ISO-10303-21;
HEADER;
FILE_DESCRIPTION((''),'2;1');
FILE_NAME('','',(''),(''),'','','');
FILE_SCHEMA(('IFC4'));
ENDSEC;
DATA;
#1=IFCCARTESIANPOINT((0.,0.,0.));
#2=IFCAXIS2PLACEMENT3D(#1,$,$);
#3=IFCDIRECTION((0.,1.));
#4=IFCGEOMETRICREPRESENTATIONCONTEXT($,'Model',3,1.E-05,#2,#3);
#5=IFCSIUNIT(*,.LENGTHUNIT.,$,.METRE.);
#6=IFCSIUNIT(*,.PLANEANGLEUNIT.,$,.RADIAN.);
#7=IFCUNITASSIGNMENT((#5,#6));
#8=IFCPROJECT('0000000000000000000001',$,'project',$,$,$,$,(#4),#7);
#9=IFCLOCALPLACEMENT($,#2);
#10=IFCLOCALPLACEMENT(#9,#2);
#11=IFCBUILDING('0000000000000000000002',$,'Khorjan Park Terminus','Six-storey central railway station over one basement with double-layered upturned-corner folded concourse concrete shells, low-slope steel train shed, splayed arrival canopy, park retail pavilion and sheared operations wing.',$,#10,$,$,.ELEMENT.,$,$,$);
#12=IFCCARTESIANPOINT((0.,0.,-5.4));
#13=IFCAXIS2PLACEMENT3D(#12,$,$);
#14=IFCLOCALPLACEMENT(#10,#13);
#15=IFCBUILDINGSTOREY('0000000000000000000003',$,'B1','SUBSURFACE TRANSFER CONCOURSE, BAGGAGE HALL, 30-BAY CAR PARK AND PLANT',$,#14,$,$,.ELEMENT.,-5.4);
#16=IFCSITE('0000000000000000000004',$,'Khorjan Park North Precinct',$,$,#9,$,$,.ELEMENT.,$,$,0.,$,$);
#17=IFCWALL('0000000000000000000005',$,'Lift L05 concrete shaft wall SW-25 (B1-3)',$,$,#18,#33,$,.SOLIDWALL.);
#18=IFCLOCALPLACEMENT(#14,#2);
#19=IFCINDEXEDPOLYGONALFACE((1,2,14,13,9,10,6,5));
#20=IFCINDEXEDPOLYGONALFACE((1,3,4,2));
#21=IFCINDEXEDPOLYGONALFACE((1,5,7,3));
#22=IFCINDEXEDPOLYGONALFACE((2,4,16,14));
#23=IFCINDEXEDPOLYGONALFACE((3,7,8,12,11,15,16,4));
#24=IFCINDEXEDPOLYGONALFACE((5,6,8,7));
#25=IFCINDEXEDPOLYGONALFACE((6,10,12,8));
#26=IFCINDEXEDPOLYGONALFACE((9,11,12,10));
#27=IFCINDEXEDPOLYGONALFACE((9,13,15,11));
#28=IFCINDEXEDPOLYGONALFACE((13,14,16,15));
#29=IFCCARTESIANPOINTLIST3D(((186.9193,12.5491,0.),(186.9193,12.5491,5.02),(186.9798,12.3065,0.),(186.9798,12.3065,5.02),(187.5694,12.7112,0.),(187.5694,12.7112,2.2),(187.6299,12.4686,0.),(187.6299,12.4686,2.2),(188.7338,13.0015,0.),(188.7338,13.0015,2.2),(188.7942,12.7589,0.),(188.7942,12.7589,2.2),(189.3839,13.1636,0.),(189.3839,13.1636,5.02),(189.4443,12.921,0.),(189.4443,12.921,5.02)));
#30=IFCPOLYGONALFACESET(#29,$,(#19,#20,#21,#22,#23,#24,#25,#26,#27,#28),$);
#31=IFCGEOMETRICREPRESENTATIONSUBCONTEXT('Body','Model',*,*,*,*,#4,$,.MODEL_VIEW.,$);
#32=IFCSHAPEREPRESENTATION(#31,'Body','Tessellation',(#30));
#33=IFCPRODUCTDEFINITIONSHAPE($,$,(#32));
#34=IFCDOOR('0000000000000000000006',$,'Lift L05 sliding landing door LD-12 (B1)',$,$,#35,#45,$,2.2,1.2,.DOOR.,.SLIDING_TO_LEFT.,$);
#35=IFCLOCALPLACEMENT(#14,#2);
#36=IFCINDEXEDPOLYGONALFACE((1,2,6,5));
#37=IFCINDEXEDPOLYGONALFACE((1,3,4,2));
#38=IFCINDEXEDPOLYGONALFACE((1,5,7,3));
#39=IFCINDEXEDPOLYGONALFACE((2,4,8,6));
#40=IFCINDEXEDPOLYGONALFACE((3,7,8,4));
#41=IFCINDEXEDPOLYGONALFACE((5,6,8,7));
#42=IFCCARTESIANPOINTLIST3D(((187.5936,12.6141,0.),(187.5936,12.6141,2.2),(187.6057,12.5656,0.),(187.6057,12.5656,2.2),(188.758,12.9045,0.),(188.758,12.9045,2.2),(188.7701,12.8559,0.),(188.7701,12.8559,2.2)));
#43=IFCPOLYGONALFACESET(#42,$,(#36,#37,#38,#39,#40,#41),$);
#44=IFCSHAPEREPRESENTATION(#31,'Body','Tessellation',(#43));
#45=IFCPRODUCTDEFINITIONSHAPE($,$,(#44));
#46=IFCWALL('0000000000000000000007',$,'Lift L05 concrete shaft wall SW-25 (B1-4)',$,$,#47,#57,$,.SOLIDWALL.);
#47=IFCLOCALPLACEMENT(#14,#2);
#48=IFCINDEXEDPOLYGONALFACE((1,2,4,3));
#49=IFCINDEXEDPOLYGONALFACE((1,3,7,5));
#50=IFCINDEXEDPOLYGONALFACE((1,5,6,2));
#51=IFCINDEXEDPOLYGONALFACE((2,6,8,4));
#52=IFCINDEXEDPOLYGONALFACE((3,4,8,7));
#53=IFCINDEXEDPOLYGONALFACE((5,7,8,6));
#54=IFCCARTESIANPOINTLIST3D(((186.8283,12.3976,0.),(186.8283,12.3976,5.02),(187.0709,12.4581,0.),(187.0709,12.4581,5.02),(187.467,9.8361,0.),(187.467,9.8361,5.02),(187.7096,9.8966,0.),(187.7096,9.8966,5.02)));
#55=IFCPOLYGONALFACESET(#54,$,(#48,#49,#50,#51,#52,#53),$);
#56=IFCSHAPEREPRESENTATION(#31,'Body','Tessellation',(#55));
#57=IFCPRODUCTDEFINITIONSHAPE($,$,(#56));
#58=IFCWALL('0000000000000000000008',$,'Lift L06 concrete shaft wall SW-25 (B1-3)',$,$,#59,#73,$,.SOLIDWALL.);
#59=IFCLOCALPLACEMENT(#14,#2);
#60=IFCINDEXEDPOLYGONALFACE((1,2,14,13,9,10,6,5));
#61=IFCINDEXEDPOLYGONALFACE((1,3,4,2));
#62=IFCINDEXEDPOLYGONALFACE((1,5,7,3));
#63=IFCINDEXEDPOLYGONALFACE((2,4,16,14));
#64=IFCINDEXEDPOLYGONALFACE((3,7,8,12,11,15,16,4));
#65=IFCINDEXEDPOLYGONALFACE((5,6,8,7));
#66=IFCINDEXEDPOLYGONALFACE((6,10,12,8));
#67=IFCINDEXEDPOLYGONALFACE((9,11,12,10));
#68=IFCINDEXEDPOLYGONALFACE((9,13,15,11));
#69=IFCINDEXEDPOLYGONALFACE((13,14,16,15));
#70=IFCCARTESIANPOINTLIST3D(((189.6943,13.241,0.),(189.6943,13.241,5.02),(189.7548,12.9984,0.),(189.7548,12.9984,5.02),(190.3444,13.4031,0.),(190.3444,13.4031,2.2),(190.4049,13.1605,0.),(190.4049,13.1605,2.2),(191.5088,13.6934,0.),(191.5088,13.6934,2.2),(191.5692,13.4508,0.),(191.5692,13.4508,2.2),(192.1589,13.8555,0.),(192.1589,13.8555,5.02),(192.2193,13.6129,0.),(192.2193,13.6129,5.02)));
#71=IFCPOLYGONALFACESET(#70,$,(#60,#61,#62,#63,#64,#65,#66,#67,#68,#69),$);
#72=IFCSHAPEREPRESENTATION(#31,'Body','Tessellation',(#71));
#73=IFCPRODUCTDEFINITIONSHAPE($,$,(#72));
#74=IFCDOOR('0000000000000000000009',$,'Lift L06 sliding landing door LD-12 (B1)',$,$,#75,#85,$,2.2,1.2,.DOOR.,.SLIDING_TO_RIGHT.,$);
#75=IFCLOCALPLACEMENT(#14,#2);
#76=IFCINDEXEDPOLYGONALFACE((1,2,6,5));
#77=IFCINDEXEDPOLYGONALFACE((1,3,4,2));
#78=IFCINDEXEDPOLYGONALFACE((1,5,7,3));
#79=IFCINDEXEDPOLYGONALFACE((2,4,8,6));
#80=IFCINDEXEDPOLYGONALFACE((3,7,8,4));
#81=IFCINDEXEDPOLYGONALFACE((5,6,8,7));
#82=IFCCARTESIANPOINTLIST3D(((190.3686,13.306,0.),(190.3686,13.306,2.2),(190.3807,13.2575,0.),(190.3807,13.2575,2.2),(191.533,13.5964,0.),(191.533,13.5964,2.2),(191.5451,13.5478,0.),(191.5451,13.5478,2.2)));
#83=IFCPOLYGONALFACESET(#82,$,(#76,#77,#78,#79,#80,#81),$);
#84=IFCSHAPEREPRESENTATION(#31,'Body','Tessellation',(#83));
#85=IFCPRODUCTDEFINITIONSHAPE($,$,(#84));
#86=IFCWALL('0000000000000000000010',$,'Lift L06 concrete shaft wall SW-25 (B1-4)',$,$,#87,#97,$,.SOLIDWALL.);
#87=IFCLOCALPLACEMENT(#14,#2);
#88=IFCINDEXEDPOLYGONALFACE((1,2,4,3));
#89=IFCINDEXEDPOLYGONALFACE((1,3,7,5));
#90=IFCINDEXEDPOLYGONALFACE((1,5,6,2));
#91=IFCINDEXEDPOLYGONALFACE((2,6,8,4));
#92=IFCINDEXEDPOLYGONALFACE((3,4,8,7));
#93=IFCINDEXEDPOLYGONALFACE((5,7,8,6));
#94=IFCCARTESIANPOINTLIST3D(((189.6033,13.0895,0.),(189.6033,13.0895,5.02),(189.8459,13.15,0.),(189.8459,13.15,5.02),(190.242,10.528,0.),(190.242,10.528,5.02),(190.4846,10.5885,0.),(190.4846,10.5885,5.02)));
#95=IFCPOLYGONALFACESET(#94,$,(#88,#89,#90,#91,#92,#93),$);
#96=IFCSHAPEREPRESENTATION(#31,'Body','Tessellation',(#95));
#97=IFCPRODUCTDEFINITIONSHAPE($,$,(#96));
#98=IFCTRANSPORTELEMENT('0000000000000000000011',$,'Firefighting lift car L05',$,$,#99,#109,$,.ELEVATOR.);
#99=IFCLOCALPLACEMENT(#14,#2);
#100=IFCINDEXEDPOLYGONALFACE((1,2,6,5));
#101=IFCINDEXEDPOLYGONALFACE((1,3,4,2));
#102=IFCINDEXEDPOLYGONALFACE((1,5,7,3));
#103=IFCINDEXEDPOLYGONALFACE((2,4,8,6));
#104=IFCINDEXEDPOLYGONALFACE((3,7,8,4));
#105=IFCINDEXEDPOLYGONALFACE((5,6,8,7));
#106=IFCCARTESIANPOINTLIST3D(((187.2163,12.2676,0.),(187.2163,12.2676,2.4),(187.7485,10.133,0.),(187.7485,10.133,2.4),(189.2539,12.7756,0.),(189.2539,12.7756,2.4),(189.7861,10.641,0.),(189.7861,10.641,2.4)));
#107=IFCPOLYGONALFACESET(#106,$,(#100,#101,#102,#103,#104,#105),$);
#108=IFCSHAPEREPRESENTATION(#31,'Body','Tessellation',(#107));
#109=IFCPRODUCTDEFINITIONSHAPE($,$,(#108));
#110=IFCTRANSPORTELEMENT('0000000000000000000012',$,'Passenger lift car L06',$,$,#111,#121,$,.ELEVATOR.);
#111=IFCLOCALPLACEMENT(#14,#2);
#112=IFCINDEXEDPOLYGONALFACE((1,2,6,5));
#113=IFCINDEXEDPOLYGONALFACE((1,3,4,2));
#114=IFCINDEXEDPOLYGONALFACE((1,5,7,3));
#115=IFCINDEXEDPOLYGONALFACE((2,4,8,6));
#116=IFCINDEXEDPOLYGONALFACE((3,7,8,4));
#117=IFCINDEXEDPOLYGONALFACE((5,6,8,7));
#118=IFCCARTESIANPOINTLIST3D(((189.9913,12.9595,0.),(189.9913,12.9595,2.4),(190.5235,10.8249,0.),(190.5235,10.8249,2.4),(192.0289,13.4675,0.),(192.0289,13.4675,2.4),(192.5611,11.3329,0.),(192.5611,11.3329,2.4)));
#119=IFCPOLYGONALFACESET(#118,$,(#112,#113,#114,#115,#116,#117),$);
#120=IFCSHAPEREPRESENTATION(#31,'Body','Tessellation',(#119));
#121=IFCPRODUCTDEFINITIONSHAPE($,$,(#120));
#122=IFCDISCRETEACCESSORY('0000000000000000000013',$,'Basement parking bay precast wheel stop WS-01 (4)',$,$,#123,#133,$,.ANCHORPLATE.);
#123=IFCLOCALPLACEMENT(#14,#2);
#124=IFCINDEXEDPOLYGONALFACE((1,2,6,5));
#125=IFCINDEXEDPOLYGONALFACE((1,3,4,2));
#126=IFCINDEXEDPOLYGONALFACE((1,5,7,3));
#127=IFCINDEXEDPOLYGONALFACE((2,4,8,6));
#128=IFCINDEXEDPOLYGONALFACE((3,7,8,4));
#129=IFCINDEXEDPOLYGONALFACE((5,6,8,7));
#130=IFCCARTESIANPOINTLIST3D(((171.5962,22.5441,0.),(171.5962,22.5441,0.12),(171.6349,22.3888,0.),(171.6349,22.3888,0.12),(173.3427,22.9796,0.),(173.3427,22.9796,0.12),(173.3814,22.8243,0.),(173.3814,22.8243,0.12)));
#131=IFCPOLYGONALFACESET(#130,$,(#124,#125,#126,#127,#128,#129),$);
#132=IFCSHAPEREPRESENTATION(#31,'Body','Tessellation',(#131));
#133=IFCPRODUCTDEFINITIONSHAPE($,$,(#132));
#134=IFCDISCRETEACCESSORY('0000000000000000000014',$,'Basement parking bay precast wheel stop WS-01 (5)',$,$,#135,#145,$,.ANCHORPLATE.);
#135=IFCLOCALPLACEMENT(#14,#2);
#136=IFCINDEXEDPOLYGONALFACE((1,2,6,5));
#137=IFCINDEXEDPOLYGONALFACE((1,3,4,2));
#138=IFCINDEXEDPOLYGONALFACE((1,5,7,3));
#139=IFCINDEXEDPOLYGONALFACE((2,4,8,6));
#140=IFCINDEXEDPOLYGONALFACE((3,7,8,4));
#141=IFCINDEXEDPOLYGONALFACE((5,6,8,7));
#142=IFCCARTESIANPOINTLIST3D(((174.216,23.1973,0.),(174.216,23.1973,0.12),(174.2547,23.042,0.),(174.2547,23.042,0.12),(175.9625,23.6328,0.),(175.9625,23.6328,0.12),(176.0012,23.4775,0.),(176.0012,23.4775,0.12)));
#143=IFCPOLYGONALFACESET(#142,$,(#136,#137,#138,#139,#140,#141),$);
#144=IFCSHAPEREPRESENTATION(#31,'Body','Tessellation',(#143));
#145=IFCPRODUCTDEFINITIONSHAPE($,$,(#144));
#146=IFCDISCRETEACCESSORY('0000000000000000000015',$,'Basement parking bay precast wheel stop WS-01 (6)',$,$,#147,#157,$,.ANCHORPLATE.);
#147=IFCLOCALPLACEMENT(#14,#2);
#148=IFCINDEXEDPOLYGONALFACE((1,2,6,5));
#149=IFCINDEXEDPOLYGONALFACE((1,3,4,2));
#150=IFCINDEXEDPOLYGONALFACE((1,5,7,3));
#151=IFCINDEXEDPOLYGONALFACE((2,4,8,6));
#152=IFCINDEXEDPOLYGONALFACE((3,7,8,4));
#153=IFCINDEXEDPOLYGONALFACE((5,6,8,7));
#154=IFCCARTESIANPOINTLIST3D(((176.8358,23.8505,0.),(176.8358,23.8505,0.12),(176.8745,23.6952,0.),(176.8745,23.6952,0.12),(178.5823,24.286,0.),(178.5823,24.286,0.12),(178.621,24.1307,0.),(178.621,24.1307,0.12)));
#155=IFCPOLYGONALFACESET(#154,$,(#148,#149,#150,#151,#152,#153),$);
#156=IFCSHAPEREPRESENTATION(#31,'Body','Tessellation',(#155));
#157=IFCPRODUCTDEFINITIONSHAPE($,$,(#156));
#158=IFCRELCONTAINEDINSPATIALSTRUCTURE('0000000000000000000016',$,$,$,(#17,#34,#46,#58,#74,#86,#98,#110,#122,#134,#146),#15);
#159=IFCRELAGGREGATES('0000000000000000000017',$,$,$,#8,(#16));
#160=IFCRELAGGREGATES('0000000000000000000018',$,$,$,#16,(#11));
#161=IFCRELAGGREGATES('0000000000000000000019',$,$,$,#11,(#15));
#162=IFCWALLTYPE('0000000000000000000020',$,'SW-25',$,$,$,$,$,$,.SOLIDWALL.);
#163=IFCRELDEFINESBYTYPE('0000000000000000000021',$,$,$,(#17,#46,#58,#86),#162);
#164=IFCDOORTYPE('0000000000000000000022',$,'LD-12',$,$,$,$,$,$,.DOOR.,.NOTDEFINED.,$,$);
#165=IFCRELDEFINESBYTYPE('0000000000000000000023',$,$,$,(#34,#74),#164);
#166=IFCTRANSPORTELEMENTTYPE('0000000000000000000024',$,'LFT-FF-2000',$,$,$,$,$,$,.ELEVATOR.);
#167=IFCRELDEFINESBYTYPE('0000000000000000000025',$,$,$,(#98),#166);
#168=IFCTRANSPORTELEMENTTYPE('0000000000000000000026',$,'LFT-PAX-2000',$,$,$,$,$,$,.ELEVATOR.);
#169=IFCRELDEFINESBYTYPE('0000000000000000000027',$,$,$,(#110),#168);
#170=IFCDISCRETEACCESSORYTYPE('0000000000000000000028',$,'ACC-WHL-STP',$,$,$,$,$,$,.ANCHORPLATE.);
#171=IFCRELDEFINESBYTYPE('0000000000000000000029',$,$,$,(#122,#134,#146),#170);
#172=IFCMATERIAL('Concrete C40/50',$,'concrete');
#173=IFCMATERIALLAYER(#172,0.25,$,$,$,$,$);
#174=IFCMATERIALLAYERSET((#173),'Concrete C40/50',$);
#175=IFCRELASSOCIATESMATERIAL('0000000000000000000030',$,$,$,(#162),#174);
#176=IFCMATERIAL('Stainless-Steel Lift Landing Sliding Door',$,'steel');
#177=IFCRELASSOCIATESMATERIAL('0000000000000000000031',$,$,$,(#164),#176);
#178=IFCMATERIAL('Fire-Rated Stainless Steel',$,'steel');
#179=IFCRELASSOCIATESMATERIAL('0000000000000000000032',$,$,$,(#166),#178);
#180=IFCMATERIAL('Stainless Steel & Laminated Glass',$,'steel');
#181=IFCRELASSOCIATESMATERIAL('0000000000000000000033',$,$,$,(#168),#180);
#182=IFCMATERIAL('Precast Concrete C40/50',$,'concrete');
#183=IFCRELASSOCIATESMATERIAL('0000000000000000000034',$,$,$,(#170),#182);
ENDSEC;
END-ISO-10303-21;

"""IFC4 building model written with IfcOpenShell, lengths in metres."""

from ifc_helpers import new_model, si_unit, direction, frame, frame_2d, origin, origin_2d, place, context, subcontext, project, spatial, rectangle, extrude, material, layer, layer_set, type_object, element, fill, save


model = new_model("IFC4")

# Units and contexts
model_context = context("Model", 3, precision=1e-05, world=origin(), true_north=direction((0.0, 1.0)))
body_context = subcontext(model_context, "Body", "Model", "MODEL_VIEW")
ifc_project = project(units=[si_unit("LENGTHUNIT", "METRE"), si_unit("PLANEANGLEUNIT", "RADIAN")], contexts=[model_context])

# Site, building, storey
site_placement = place(None, origin())
site = spatial("IfcSite", under=ifc_project, at=site_placement, Name="Khorjan Park North Precinct", CompositionType="ELEMENT", RefElevation=0.0)
building_placement = place(site_placement, origin())
building = spatial("IfcBuilding", under=site, at=building_placement, Name="Khorjan Park Terminus", Description="Six-storey central railway station over one basement with double-layered upturned-corner folded concourse concrete shells, low-slope steel train shed, splayed arrival canopy, park retail pavilion and sheared operations wing.", CompositionType="ELEMENT")
storey_placement = place(building_placement, frame((0.0, 0.0, -5.4)))
storey = spatial("IfcBuildingStorey", under=building, at=storey_placement, Name="B1", Description="SUBSURFACE TRANSFER CONCOURSE, BAGGAGE HALL, 30-BAY CAR PARK AND PLANT", CompositionType="ELEMENT", Elevation=-5.4)

# Shared definitions
ifc_material_1 = material(Name="Concrete C40/50", Category="concrete")

# Wall, opening, door
ifc_layer_1 = layer(ifc_material_1, 0.25)
ifc_layer_set_1 = layer_set([ifc_layer_1], Name="Concrete C40/50")
wall_type_1 = type_object("IfcWallType", Name="SW-25", PredefinedType="SOLIDWALL", material=ifc_layer_set_1)
wall_1_placement = place(storey_placement, frame((189.4141, 13.0423, 0.0), z_axis=(0.0, 0.0, 1.0), x_axis=(-0.970293, -0.241933, 0.0)))
wall_1 = element("IfcWall", 1, at=wall_1_placement, inside=storey, type_object=wall_type_1, Name="Lift L05 concrete shaft wall SW-25 (B1-3)", PredefinedType="SOLIDWALL", context=body_context, shape_type="SweptSolid", body=[
    extrude(rectangle(XDim=2.54, YDim=0.25, at=frame_2d((1.27, 0.0))), origin(), (0.0, 0.0, 1.0), 5.02),
])
opening_1_placement = place(wall_1_placement, frame((0.67, 0.0, 0.0)))
opening_1 = element("IfcOpeningElement", 2, at=opening_1_placement, cuts=wall_1, PredefinedType="OPENING", context=body_context, shape_type="SweptSolid", body=[
    extrude(rectangle(XDim=1.2, YDim=2.2, at=frame_2d((0.6, 1.1))), frame((0.0, 0.135, 0.0), z_axis=(0.0, -1.0, 0.0), x_axis=(1.0, 0.0, 0.0)), (0.0, 0.0, 1.0), 0.27),
])
ifc_material_2 = material(Name="Stainless-Steel Lift Landing Sliding Door", Category="steel")
door_type = type_object("IfcDoorType", Name="LD-12", OperationType="NOTDEFINED", PredefinedType="DOOR", material=ifc_material_2)
door_1_placement = place(opening_1_placement, origin())
door_1 = element("IfcDoor", 3, at=door_1_placement, inside=storey, type_object=door_type, Name="Lift L05 sliding landing door LD-12 (B1)", OperationType="SLIDING_TO_LEFT", OverallHeight=2.2, OverallWidth=1.2, PredefinedType="DOOR", context=body_context, shape_type="SweptSolid", body=[
    extrude(rectangle(XDim=1.2, YDim=2.2, at=frame_2d((0.6, 1.1))), frame((0.0, 0.025, 0.0), z_axis=(0.0, -1.0, 0.0), x_axis=(1.0, 0.0, 0.0)), (0.0, 0.0, 1.0), 0.05),
])
fill(opening_1, door_1)

# Wall
wall_2_placement = place(storey_placement, frame((186.9496, 12.4278, 0.0), z_axis=(0.0, 0.0, 1.0), x_axis=(0.241938, -0.970292, 0.0)))
element("IfcWall", 4, at=wall_2_placement, inside=storey, type_object=wall_type_1, Name="Lift L05 concrete shaft wall SW-25 (B1-4)", PredefinedType="SOLIDWALL", context=body_context, shape_type="SweptSolid", body=[
    extrude(rectangle(XDim=2.6399, YDim=0.25, at=frame_2d((1.3199, 0.0))), origin(), (0.0, 0.0, 1.0), 5.02),
])

# Wall, opening, door
wall_3_placement = place(storey_placement, frame((192.1891, 13.7342, 0.0), z_axis=(0.0, 0.0, 1.0), x_axis=(-0.970293, -0.241933, 0.0)))
wall_3 = element("IfcWall", 5, at=wall_3_placement, inside=storey, type_object=wall_type_1, Name="Lift L06 concrete shaft wall SW-25 (B1-3)", PredefinedType="SOLIDWALL", context=body_context, shape_type="SweptSolid", body=[
    extrude(rectangle(XDim=2.54, YDim=0.25, at=frame_2d((1.27, 0.0))), origin(), (0.0, 0.0, 1.0), 5.02),
])
opening_2_placement = place(wall_3_placement, frame((0.67, 0.0, 0.0)))
opening_2 = element("IfcOpeningElement", 6, at=opening_2_placement, cuts=wall_3, PredefinedType="OPENING", context=body_context, shape_type="SweptSolid", body=[
    extrude(rectangle(XDim=1.2, YDim=2.2, at=frame_2d((0.6, 1.1))), frame((0.0, 0.135, 0.0), z_axis=(0.0, -1.0, 0.0), x_axis=(1.0, 0.0, 0.0)), (0.0, 0.0, 1.0), 0.27),
])
door_2_placement = place(opening_2_placement, origin())
door_2 = element("IfcDoor", 7, at=door_2_placement, inside=storey, type_object=door_type, Name="Lift L06 sliding landing door LD-12 (B1)", OperationType="SLIDING_TO_RIGHT", OverallHeight=2.2, OverallWidth=1.2, PredefinedType="DOOR", context=body_context, shape_type="SweptSolid", body=[
    extrude(rectangle(XDim=1.2, YDim=2.2, at=frame_2d((0.6, 1.1))), frame((0.0, 0.025, 0.0), z_axis=(0.0, -1.0, 0.0), x_axis=(1.0, 0.0, 0.0)), (0.0, 0.0, 1.0), 0.05),
])
fill(opening_2, door_2)

# Wall
wall_4_placement = place(storey_placement, frame((189.7246, 13.1197, 0.0), z_axis=(0.0, 0.0, 1.0), x_axis=(0.241938, -0.970292, 0.0)))
element("IfcWall", 8, at=wall_4_placement, inside=storey, type_object=wall_type_1, Name="Lift L06 concrete shaft wall SW-25 (B1-4)", PredefinedType="SOLIDWALL", context=body_context, shape_type="SweptSolid", body=[
    extrude(rectangle(XDim=2.6399, YDim=0.25, at=frame_2d((1.3199, 0.0))), origin(), (0.0, 0.0, 1.0), 5.02),
])

# Transport elements
ifc_material_3 = material(Name="Fire-Rated Stainless Steel", Category="steel")
transport_element_type_1 = type_object("IfcTransportElementType", Name="LFT-FF-2000", PredefinedType="ELEVATOR", material=ifc_material_3)
transport_element_1_placement = place(storey_placement, frame((188.5012, 11.4543, 0.0), z_axis=(0.0, 0.0, 1.0), x_axis=(0.970296, 0.241922, 0.0)))
element("IfcTransportElement", 9, at=transport_element_1_placement, inside=storey, type_object=transport_element_type_1, Name="Firefighting lift car L05", PredefinedType="ELEVATOR", context=body_context, shape_type="SweptSolid", body=[
    extrude(rectangle(XDim=2.1, YDim=2.2, at=origin_2d()), origin(), (0.0, 0.0, 1.0), 2.4),
])
ifc_material_4 = material(Name="Stainless Steel & Laminated Glass", Category="steel")
transport_element_type_2 = type_object("IfcTransportElementType", Name="LFT-PAX-2000", PredefinedType="ELEVATOR", material=ifc_material_4)
transport_element_2_placement = place(storey_placement, frame((191.2762, 12.1462, 0.0), z_axis=(0.0, 0.0, 1.0), x_axis=(0.970296, 0.241922, 0.0)))
element("IfcTransportElement", 10, at=transport_element_2_placement, inside=storey, type_object=transport_element_type_2, Name="Passenger lift car L06", PredefinedType="ELEVATOR", context=body_context, shape_type="SweptSolid", body=[
    extrude(rectangle(XDim=2.1, YDim=2.2, at=origin_2d()), origin(), (0.0, 0.0, 1.0), 2.4),
])

# Discrete accessories
ifc_material_5 = material(Name="Precast Concrete C40/50", Category="concrete")
discrete_accessory_type = type_object("IfcDiscreteAccessoryType", Name="ACC-WHL-STP", PredefinedType="ANCHORPLATE", material=ifc_material_5)
for number, where, z_axis, x_axis, name in (
    (11, (172.4888, 22.6842, 0.0), (0.0, 0.0, 1.0), (0.970296, 0.241922, 0.0), "Basement parking bay precast wheel stop WS-01 (4)"),
    (12, (175.1086, 23.3374, 0.0), (0.0, 0.0, 1.0), (0.970296, 0.241922, 0.0), "Basement parking bay precast wheel stop WS-01 (5)"),
    (13, (177.7284, 23.9906, 0.0), (0.0, 0.0, 1.0), (0.970296, 0.241922, 0.0), "Basement parking bay precast wheel stop WS-01 (6)"),
):
    element("IfcDiscreteAccessory", number, at=place(storey_placement, frame(where, z_axis=z_axis, x_axis=x_axis)), inside=storey, type_object=discrete_accessory_type, Name=name, PredefinedType="ANCHORPLATE", context=body_context, shape_type="SweptSolid", body=[
        extrude(rectangle(XDim=1.8, YDim=0.16, at=origin_2d()), origin(), (0.0, 0.0, 1.0), 0.12),
    ])

save(model, "model.ifc")
